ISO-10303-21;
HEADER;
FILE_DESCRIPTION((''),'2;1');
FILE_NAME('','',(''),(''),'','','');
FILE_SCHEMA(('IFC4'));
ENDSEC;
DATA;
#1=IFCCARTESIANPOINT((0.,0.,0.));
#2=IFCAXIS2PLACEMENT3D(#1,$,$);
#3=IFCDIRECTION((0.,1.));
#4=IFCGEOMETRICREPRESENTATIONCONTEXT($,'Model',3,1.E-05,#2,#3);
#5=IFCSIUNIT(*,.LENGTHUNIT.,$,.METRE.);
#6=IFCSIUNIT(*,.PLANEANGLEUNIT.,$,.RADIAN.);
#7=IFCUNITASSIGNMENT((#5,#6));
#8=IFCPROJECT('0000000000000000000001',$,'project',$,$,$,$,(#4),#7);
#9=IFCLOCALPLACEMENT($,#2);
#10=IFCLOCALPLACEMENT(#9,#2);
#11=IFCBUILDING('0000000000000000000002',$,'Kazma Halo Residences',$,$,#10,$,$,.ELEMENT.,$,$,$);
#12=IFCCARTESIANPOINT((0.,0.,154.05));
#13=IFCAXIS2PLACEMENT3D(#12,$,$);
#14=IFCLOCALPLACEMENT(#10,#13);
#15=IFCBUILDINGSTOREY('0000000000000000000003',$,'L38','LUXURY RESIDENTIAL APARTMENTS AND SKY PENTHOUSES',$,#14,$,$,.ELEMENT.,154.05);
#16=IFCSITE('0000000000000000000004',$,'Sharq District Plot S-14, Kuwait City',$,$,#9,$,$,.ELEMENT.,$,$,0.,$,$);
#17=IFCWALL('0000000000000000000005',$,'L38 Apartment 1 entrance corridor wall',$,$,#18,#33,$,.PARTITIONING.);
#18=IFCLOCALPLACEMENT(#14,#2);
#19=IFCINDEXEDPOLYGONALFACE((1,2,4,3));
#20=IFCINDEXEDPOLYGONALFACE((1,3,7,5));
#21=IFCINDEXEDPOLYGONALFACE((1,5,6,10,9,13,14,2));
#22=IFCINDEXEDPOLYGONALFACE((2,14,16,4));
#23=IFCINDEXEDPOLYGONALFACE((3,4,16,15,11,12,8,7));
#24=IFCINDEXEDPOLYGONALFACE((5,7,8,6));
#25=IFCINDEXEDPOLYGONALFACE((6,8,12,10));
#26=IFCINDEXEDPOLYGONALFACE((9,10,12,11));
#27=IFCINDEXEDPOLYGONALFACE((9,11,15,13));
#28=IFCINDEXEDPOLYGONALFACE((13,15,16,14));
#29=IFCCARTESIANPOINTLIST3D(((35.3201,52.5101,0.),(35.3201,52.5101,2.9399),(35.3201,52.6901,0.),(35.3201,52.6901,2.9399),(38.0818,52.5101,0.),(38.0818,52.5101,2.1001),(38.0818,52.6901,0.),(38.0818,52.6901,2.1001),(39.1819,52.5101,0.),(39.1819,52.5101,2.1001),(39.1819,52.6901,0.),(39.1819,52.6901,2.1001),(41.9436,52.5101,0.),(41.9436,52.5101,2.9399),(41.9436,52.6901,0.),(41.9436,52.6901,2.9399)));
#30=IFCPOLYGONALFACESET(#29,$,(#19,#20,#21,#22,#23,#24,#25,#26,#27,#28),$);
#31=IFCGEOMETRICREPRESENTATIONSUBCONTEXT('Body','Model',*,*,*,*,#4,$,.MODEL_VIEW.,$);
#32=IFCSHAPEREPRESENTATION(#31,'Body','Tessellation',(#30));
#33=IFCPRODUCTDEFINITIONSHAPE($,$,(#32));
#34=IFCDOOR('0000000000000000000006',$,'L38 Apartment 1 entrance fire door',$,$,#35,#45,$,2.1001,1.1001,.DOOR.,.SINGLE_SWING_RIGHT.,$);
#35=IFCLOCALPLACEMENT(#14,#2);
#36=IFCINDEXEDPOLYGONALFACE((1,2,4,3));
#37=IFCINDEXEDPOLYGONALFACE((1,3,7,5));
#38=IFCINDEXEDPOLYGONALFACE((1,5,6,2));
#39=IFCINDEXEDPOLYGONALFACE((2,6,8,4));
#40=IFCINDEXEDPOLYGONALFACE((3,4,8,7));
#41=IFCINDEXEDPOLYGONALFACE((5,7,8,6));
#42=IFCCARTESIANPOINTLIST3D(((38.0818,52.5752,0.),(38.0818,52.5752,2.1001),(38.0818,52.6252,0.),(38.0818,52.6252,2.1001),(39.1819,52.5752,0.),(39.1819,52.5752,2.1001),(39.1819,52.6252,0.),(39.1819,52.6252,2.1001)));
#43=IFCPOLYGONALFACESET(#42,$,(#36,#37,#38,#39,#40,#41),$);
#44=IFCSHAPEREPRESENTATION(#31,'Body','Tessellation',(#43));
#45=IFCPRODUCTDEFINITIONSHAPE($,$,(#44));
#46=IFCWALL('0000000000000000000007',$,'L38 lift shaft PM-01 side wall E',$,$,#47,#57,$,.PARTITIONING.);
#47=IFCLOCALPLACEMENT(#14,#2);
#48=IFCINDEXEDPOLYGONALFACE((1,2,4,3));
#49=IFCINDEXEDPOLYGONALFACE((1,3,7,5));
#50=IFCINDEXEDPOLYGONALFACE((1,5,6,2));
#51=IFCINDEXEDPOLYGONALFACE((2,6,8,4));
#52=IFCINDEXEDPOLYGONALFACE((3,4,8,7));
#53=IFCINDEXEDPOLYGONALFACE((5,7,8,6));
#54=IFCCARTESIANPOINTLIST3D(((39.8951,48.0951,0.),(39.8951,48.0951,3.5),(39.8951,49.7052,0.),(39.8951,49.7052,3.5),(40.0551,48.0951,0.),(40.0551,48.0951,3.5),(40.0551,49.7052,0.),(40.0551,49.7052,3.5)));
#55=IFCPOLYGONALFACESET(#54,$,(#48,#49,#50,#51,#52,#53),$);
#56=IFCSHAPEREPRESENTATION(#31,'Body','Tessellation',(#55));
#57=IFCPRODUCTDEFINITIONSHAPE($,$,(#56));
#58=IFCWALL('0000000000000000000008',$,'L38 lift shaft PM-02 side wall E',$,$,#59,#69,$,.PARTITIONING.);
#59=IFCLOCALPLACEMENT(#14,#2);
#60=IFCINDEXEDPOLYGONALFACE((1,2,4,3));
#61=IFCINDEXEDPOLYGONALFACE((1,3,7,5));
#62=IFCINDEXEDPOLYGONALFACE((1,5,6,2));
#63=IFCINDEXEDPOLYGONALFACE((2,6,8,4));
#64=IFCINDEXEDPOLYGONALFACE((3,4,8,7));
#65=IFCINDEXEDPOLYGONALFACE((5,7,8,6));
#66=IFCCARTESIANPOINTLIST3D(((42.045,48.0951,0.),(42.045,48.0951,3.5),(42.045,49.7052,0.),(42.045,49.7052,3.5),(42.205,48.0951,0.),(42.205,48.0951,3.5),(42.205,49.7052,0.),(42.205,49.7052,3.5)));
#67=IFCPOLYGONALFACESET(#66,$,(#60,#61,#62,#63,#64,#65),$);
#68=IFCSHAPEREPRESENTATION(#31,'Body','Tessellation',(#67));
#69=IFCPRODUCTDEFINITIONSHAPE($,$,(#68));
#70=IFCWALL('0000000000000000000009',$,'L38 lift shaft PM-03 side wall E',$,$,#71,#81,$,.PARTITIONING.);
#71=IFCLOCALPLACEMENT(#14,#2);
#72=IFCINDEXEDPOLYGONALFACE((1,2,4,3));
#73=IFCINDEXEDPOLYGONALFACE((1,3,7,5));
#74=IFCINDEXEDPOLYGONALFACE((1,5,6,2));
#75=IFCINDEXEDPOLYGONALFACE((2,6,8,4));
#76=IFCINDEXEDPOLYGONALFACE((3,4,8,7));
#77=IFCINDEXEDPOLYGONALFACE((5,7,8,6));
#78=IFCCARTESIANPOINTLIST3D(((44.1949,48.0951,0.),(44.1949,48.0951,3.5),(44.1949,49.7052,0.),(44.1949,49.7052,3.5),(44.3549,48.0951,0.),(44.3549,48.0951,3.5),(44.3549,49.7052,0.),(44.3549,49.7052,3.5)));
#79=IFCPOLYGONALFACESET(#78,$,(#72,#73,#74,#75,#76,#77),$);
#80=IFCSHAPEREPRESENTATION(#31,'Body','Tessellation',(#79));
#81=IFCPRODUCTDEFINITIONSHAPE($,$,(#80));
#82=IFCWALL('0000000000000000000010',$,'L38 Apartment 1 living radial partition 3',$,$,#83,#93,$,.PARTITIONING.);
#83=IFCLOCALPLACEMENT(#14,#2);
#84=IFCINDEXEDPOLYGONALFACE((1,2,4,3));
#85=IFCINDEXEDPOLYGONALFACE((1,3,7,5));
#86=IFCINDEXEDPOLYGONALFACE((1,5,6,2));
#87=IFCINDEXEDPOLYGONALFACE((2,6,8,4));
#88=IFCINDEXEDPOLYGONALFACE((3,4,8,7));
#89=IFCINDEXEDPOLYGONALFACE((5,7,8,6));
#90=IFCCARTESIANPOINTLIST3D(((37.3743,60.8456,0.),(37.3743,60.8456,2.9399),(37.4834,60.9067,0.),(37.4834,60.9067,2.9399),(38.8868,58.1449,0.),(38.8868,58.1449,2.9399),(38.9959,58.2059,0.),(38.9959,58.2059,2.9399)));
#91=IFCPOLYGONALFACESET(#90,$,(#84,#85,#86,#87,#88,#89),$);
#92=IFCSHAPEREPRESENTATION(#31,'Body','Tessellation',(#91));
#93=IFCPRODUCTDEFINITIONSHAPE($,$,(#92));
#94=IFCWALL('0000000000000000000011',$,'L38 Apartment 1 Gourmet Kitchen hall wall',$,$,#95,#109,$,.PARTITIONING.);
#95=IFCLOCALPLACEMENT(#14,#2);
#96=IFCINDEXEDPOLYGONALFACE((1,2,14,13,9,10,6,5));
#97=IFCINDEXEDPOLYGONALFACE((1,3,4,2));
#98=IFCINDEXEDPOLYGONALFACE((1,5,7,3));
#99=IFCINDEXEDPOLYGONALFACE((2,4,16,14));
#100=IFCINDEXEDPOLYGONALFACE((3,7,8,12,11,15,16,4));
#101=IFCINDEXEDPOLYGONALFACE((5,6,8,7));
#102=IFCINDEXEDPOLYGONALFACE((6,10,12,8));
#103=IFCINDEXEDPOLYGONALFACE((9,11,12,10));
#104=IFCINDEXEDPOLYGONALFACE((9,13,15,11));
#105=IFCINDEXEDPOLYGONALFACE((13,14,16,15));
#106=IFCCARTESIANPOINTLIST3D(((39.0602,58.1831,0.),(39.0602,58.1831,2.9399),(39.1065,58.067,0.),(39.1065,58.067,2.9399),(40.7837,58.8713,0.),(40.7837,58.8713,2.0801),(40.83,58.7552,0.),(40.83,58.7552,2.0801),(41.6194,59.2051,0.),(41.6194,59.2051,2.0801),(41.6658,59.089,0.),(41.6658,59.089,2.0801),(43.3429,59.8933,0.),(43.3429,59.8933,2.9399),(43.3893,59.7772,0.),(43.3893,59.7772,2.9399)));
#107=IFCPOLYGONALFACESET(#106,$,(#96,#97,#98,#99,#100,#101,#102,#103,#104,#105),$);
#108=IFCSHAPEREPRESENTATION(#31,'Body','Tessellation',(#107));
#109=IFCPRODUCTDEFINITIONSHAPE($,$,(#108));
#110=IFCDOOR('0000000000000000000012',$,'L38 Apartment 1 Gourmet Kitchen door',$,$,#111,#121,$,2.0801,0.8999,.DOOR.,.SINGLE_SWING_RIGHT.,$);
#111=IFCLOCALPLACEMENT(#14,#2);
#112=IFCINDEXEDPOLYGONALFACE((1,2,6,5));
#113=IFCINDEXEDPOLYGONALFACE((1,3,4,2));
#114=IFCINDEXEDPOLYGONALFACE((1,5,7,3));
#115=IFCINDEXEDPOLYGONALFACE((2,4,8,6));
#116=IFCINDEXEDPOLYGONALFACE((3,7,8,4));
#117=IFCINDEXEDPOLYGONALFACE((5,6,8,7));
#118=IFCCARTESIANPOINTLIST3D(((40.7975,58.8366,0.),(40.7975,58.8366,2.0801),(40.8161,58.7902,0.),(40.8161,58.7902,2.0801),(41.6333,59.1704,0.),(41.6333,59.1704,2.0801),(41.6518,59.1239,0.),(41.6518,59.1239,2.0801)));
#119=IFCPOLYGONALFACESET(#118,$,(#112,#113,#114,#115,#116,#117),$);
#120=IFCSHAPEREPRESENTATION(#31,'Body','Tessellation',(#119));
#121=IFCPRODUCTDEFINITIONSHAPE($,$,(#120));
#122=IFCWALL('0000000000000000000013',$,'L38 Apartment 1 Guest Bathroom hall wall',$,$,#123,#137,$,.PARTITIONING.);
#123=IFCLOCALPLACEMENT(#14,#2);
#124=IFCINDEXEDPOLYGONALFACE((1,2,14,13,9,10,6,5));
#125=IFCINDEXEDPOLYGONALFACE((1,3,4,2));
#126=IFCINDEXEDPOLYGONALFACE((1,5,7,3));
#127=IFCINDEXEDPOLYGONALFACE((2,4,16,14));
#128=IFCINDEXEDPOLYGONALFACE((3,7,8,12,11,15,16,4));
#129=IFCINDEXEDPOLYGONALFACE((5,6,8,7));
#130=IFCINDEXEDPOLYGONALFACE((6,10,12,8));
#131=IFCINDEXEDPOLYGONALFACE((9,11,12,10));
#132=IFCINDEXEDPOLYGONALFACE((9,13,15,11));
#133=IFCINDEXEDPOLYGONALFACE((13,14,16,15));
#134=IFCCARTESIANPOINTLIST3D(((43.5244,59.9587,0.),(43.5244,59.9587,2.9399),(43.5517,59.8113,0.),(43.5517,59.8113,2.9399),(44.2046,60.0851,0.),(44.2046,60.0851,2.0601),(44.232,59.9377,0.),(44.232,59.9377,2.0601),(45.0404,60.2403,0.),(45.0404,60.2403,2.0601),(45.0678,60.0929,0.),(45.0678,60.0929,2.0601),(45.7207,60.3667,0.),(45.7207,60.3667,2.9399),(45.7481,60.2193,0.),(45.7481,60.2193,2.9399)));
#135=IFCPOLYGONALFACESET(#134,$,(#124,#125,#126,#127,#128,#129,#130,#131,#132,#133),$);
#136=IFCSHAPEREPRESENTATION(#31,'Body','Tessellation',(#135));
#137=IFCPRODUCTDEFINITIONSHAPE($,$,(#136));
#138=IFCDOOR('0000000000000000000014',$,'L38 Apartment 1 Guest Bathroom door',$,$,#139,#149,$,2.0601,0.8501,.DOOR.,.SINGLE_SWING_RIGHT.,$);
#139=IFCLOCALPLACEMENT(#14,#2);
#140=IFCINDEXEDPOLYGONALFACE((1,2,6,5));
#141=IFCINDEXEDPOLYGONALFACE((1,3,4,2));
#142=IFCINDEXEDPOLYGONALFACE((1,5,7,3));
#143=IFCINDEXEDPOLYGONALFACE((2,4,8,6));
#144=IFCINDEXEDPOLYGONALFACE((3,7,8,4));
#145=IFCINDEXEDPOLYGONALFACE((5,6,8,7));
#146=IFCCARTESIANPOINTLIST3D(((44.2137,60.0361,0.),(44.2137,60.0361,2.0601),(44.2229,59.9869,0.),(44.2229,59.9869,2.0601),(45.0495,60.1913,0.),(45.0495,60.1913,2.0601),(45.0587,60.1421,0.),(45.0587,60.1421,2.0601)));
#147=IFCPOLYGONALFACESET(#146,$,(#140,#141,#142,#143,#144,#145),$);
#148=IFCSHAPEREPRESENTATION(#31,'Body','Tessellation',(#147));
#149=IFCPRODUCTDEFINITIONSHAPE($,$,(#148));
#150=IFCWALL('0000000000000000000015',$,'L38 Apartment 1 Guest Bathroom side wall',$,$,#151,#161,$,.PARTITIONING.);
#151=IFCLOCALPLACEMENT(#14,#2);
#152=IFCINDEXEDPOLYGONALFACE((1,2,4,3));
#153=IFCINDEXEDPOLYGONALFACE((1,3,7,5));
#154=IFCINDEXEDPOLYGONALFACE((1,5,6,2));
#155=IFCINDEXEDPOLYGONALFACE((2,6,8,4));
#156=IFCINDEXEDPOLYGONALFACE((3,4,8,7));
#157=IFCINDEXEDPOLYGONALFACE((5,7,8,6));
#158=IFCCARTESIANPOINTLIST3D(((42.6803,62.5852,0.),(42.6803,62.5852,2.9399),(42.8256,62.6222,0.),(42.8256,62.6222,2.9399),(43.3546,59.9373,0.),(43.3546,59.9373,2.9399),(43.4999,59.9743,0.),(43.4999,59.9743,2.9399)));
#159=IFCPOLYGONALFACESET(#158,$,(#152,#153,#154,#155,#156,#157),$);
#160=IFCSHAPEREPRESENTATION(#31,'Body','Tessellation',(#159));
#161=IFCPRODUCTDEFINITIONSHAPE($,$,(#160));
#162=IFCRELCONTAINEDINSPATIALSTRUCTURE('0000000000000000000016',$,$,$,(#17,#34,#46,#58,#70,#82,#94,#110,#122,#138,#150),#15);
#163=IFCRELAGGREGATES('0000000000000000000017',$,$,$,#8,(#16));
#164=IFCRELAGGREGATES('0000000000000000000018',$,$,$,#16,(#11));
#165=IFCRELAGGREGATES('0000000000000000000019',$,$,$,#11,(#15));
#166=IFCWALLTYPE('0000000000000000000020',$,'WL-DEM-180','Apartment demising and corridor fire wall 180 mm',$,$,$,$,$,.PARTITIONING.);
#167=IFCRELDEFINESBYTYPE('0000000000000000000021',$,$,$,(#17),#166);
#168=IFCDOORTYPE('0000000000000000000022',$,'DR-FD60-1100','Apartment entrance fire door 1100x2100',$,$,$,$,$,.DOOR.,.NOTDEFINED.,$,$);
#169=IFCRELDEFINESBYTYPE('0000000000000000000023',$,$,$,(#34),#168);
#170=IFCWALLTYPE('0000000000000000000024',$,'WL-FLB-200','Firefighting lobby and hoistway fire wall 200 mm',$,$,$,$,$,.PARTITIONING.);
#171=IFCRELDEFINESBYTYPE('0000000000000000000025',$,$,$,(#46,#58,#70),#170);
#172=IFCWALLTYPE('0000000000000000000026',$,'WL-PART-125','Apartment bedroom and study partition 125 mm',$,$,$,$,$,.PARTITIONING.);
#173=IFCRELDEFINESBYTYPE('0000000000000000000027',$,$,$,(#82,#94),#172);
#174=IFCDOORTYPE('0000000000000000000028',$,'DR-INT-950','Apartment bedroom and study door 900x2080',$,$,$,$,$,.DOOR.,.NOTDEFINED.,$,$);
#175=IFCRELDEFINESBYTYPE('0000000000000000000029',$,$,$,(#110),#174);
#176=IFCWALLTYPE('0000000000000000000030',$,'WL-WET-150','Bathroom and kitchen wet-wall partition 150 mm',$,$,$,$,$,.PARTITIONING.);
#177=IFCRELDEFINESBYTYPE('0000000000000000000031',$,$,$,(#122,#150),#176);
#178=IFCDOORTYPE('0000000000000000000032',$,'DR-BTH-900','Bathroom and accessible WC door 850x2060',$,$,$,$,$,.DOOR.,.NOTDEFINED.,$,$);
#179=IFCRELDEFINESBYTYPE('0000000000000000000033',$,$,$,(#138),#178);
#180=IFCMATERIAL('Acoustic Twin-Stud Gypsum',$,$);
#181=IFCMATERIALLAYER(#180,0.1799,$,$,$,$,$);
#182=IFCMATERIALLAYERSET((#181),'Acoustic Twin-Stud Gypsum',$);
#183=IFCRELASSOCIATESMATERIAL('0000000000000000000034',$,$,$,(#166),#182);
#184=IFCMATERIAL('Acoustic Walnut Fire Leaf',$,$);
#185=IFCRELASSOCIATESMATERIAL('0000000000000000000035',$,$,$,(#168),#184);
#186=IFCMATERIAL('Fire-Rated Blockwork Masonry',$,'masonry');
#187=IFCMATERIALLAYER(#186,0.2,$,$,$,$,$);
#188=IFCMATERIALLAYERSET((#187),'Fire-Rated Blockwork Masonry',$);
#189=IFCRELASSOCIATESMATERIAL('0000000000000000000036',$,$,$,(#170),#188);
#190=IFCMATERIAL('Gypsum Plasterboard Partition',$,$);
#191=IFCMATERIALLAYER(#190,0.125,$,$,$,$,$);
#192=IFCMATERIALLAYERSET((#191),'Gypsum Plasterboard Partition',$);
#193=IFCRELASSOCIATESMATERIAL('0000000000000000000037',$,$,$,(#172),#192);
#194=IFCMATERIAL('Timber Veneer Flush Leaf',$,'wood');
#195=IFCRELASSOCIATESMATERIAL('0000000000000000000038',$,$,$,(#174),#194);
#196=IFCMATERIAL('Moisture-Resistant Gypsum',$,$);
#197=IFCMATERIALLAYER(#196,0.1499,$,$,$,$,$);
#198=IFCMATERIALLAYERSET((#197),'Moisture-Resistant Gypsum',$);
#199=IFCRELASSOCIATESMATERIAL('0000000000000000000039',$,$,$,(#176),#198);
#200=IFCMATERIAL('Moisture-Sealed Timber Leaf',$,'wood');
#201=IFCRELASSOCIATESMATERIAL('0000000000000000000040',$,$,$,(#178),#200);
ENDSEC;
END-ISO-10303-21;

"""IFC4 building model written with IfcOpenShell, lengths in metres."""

from ifc_helpers import new_model, si_unit, direction, frame, frame_2d, origin, place, context, subcontext, project, spatial, rectangle, extrude, material, layer, layer_set, type_object, element, fill, save


model = new_model("IFC4")

# Units and contexts
model_context = context("Model", 3, precision=1e-05, world=origin(), true_north=direction((0.0, 1.0)))
body_context = subcontext(model_context, "Body", "Model", "MODEL_VIEW")
ifc_project = project(units=[si_unit("LENGTHUNIT", "METRE"), si_unit("PLANEANGLEUNIT", "RADIAN")], contexts=[model_context])

# Site, building, storey
site_placement = place(None, origin())
site = spatial("IfcSite", under=ifc_project, at=site_placement, Name="Sharq District Plot S-14, Kuwait City", CompositionType="ELEMENT", RefElevation=0.0)
building_placement = place(site_placement, origin())
building = spatial("IfcBuilding", under=site, at=building_placement, Name="Kazma Halo Residences", CompositionType="ELEMENT")
storey_placement = place(building_placement, frame((0.0, 0.0, 154.05)))
storey = spatial("IfcBuildingStorey", under=building, at=storey_placement, Name="L38", Description="LUXURY RESIDENTIAL APARTMENTS AND SKY PENTHOUSES", CompositionType="ELEMENT", Elevation=154.05)

# Wall, opening, door
ifc_material_1 = material(Name="Acoustic Twin-Stud Gypsum")
ifc_layer_1 = layer(ifc_material_1, 0.1799)
ifc_layer_set_1 = layer_set([ifc_layer_1], Name="Acoustic Twin-Stud Gypsum")
wall_type_1 = type_object("IfcWallType", Name="WL-DEM-180", Description="Apartment demising and corridor fire wall 180 mm", PredefinedType="PARTITIONING", material=ifc_layer_set_1)
wall_1_placement = place(storey_placement, frame((41.9436, 52.6001, 0.0), z_axis=(0.0, 0.0, 1.0), x_axis=(-1.0, 0.0, 0.0)))
wall_1 = element("IfcWall", 1, at=wall_1_placement, inside=storey, type_object=wall_type_1, Name="L38 Apartment 1 entrance corridor wall", PredefinedType="PARTITIONING", context=body_context, shape_type="SweptSolid", body=[
    extrude(rectangle(XDim=6.6235, YDim=0.1799, at=frame_2d((3.3118, 0.0))), origin(), (0.0, 0.0, 1.0), 2.9399),
])
opening_1_placement = place(wall_1_placement, frame((2.7617, 0.0, 0.0)))
opening_1 = element("IfcOpeningElement", 2, at=opening_1_placement, cuts=wall_1, PredefinedType="OPENING", context=body_context, shape_type="SweptSolid", body=[
    extrude(rectangle(XDim=1.1001, YDim=2.1001, at=frame_2d((0.55, 1.05))), frame((0.0, 0.0999, 0.0), z_axis=(0.0, -1.0, 0.0), x_axis=(1.0, 0.0, 0.0)), (0.0, 0.0, 1.0), 0.2),
])
ifc_material_2 = material(Name="Acoustic Walnut Fire Leaf")
door_type_1 = type_object("IfcDoorType", Name="DR-FD60-1100", Description="Apartment entrance fire door 1100x2100", OperationType="NOTDEFINED", PredefinedType="DOOR", material=ifc_material_2)
door_1_placement = place(opening_1_placement, origin())
door_1 = element("IfcDoor", 3, at=door_1_placement, inside=storey, type_object=door_type_1, Name="L38 Apartment 1 entrance fire door", OperationType="SINGLE_SWING_RIGHT", OverallHeight=2.1001, OverallWidth=1.1001, PredefinedType="DOOR", context=body_context, shape_type="SweptSolid", body=[
    extrude(rectangle(XDim=1.1001, YDim=2.1001, at=frame_2d((0.55, 1.05))), frame((0.0, 0.0249, 0.0), z_axis=(0.0, -1.0, 0.0), x_axis=(1.0, 0.0, 0.0)), (0.0, 0.0, 1.0), 0.05),
])
fill(opening_1, door_1)

# Walls
ifc_material_3 = material(Name="Fire-Rated Blockwork Masonry", Category="masonry")
ifc_layer_2 = layer(ifc_material_3, 0.2)
ifc_layer_set_2 = layer_set([ifc_layer_2], Name="Fire-Rated Blockwork Masonry")
wall_type_2 = type_object("IfcWallType", Name="WL-FLB-200", Description="Firefighting lobby and hoistway fire wall 200 mm", PredefinedType="PARTITIONING", material=ifc_layer_set_2)
for number, where, z_axis, x_axis, name in (
    (4, (39.9751, 48.095, 0.0), (0.0, 0.0, 1.0), (0.0, 1.0, 0.0), "L38 lift shaft PM-01 side wall E"),
    (5, (42.125, 48.095, 0.0), (0.0, 0.0, 1.0), (0.0, 1.0, 0.0), "L38 lift shaft PM-02 side wall E"),
    (6, (44.2749, 48.095, 0.0), (0.0, 0.0, 1.0), (0.0, 1.0, 0.0), "L38 lift shaft PM-03 side wall E"),
):
    element("IfcWall", number, at=place(storey_placement, frame(where, z_axis=z_axis, x_axis=x_axis)), inside=storey, type_object=wall_type_2, Name=name, PredefinedType="PARTITIONING", context=body_context, shape_type="SweptSolid", body=[
        extrude(rectangle(XDim=1.6101, YDim=0.1599, at=frame_2d((0.8052, 0.0))), origin(), (0.0, 0.0, 1.0), 3.5),
    ])
ifc_material_4 = material(Name="Gypsum Plasterboard Partition")
ifc_layer_3 = layer(ifc_material_4, 0.125)
ifc_layer_set_3 = layer_set([ifc_layer_3], Name="Gypsum Plasterboard Partition")
wall_type_3 = type_object("IfcWallType", Name="WL-PART-125", Description="Apartment bedroom and study partition 125 mm", PredefinedType="PARTITIONING", material=ifc_layer_set_3)
wall_2_placement = place(storey_placement, frame((38.9414, 58.1753, 0.0), z_axis=(0.0, 0.0, 1.0), x_axis=(-0.48862, 0.872497, 0.0)))
element("IfcWall", 7, at=wall_2_placement, inside=storey, type_object=wall_type_3, Name="L38 Apartment 1 living radial partition 3", PredefinedType="PARTITIONING", context=body_context, shape_type="SweptSolid", body=[
    extrude(rectangle(XDim=3.0955, YDim=0.125, at=frame_2d((1.5479, 0.0))), origin(), (0.0, 0.0, 1.0), 2.9399),
])

# Walls, openings, doors
wall_3_placement = place(storey_placement, frame((43.366, 59.8352, 0.0), z_axis=(0.0, 0.0, 1.0), x_axis=(-0.928692, -0.370852, 0.0)))
wall_3 = element("IfcWall", 8, at=wall_3_placement, inside=storey, type_object=wall_type_3, Name="L38 Apartment 1 Gourmet Kitchen hall wall", PredefinedType="PARTITIONING", context=body_context, shape_type="SweptSolid", body=[
    extrude(rectangle(XDim=4.6116, YDim=0.125, at=frame_2d((2.3057, 0.0))), origin(), (0.0, 0.0, 1.0), 2.9399),
])
opening_2_placement = place(wall_3_placement, frame((1.8557, 0.0, 0.0)))
opening_2 = element("IfcOpeningElement", 9, at=opening_2_placement, cuts=wall_3, PredefinedType="OPENING", context=body_context, shape_type="SweptSolid", body=[
    extrude(rectangle(XDim=0.8999, YDim=2.0801, at=frame_2d((0.45, 1.04))), frame((0.0, 0.0725, 0.0), z_axis=(0.0, -1.0, 0.0), x_axis=(1.0, 0.0, 0.0)), (0.0, 0.0, 1.0), 0.145),
])
ifc_material_5 = material(Name="Timber Veneer Flush Leaf", Category="wood")
door_type_2 = type_object("IfcDoorType", Name="DR-INT-950", Description="Apartment bedroom and study door 900x2080", OperationType="NOTDEFINED", PredefinedType="DOOR", material=ifc_material_5)
door_2_placement = place(opening_2_placement, origin())
door_2 = element("IfcDoor", 10, at=door_2_placement, inside=storey, type_object=door_type_2, Name="L38 Apartment 1 Gourmet Kitchen door", OperationType="SINGLE_SWING_RIGHT", OverallHeight=2.0801, OverallWidth=0.8999, PredefinedType="DOOR", context=body_context, shape_type="SweptSolid", body=[
    extrude(rectangle(XDim=0.8999, YDim=2.0801, at=frame_2d((0.45, 1.04))), frame((0.0, 0.0249, 0.0), z_axis=(0.0, -1.0, 0.0), x_axis=(1.0, 0.0, 0.0)), (0.0, 0.0, 1.0), 0.05),
])
fill(opening_2, door_2)
ifc_material_6 = material(Name="Moisture-Resistant Gypsum")
ifc_layer_4 = layer(ifc_material_6, 0.1499)
ifc_layer_set_4 = layer_set([ifc_layer_4], Name="Moisture-Resistant Gypsum")
wall_type_4 = type_object("IfcWallType", Name="WL-WET-150", Description="Bathroom and kitchen wet-wall partition 150 mm", PredefinedType="PARTITIONING", material=ifc_layer_set_4)
wall_4_placement = place(storey_placement, frame((45.7344, 60.293, 0.0), z_axis=(0.0, 0.0, 1.0), x_axis=(-0.983183, -0.182625, 0.0)))
wall_4 = element("IfcWall", 11, at=wall_4_placement, inside=storey, type_object=wall_type_4, Name="L38 Apartment 1 Guest Bathroom hall wall", PredefinedType="PARTITIONING", context=body_context, shape_type="SweptSolid", body=[
    extrude(rectangle(XDim=2.2339, YDim=0.1499, at=frame_2d((1.1169, 0.0))), origin(), (0.0, 0.0, 1.0), 2.9399),
])
opening_3_placement = place(wall_4_placement, frame((0.6919, 0.0, 0.0)))
opening_3 = element("IfcOpeningElement", 12, at=opening_3_placement, cuts=wall_4, PredefinedType="OPENING", context=body_context, shape_type="SweptSolid", body=[
    extrude(rectangle(XDim=0.8501, YDim=2.0601, at=frame_2d((0.425, 1.03))), frame((0.0, 0.085, 0.0), z_axis=(0.0, -1.0, 0.0), x_axis=(1.0, 0.0, 0.0)), (0.0, 0.0, 1.0), 0.1699),
])
ifc_material_7 = material(Name="Moisture-Sealed Timber Leaf", Category="wood")
door_type_3 = type_object("IfcDoorType", Name="DR-BTH-900", Description="Bathroom and accessible WC door 850x2060", OperationType="NOTDEFINED", PredefinedType="DOOR", material=ifc_material_7)
door_3_placement = place(opening_3_placement, origin())
door_3 = element("IfcDoor", 13, at=door_3_placement, inside=storey, type_object=door_type_3, Name="L38 Apartment 1 Guest Bathroom door", OperationType="SINGLE_SWING_RIGHT", OverallHeight=2.0601, OverallWidth=0.8501, PredefinedType="DOOR", context=body_context, shape_type="SweptSolid", body=[
    extrude(rectangle(XDim=0.8501, YDim=2.0601, at=frame_2d((0.425, 1.03))), frame((0.0, 0.0249, 0.0), z_axis=(0.0, -1.0, 0.0), x_axis=(1.0, 0.0, 0.0)), (0.0, 0.0, 1.0), 0.05),
])
fill(opening_3, door_3)

# Wall
wall_5_placement = place(storey_placement, frame((43.4272, 59.9558, 0.0), z_axis=(0.0, 0.0, 1.0), x_axis=(-0.24678, 0.969072, 0.0)))
element("IfcWall", 14, at=wall_5_placement, inside=storey, type_object=wall_type_4, Name="L38 Apartment 1 Guest Bathroom side wall", PredefinedType="PARTITIONING", context=body_context, shape_type="SweptSolid", body=[
    extrude(rectangle(XDim=2.7324, YDim=0.1499, at=frame_2d((1.3662, 0.0))), origin(), (0.0, 0.0, 1.0), 2.9399),
])

save(model, "model.ifc")
